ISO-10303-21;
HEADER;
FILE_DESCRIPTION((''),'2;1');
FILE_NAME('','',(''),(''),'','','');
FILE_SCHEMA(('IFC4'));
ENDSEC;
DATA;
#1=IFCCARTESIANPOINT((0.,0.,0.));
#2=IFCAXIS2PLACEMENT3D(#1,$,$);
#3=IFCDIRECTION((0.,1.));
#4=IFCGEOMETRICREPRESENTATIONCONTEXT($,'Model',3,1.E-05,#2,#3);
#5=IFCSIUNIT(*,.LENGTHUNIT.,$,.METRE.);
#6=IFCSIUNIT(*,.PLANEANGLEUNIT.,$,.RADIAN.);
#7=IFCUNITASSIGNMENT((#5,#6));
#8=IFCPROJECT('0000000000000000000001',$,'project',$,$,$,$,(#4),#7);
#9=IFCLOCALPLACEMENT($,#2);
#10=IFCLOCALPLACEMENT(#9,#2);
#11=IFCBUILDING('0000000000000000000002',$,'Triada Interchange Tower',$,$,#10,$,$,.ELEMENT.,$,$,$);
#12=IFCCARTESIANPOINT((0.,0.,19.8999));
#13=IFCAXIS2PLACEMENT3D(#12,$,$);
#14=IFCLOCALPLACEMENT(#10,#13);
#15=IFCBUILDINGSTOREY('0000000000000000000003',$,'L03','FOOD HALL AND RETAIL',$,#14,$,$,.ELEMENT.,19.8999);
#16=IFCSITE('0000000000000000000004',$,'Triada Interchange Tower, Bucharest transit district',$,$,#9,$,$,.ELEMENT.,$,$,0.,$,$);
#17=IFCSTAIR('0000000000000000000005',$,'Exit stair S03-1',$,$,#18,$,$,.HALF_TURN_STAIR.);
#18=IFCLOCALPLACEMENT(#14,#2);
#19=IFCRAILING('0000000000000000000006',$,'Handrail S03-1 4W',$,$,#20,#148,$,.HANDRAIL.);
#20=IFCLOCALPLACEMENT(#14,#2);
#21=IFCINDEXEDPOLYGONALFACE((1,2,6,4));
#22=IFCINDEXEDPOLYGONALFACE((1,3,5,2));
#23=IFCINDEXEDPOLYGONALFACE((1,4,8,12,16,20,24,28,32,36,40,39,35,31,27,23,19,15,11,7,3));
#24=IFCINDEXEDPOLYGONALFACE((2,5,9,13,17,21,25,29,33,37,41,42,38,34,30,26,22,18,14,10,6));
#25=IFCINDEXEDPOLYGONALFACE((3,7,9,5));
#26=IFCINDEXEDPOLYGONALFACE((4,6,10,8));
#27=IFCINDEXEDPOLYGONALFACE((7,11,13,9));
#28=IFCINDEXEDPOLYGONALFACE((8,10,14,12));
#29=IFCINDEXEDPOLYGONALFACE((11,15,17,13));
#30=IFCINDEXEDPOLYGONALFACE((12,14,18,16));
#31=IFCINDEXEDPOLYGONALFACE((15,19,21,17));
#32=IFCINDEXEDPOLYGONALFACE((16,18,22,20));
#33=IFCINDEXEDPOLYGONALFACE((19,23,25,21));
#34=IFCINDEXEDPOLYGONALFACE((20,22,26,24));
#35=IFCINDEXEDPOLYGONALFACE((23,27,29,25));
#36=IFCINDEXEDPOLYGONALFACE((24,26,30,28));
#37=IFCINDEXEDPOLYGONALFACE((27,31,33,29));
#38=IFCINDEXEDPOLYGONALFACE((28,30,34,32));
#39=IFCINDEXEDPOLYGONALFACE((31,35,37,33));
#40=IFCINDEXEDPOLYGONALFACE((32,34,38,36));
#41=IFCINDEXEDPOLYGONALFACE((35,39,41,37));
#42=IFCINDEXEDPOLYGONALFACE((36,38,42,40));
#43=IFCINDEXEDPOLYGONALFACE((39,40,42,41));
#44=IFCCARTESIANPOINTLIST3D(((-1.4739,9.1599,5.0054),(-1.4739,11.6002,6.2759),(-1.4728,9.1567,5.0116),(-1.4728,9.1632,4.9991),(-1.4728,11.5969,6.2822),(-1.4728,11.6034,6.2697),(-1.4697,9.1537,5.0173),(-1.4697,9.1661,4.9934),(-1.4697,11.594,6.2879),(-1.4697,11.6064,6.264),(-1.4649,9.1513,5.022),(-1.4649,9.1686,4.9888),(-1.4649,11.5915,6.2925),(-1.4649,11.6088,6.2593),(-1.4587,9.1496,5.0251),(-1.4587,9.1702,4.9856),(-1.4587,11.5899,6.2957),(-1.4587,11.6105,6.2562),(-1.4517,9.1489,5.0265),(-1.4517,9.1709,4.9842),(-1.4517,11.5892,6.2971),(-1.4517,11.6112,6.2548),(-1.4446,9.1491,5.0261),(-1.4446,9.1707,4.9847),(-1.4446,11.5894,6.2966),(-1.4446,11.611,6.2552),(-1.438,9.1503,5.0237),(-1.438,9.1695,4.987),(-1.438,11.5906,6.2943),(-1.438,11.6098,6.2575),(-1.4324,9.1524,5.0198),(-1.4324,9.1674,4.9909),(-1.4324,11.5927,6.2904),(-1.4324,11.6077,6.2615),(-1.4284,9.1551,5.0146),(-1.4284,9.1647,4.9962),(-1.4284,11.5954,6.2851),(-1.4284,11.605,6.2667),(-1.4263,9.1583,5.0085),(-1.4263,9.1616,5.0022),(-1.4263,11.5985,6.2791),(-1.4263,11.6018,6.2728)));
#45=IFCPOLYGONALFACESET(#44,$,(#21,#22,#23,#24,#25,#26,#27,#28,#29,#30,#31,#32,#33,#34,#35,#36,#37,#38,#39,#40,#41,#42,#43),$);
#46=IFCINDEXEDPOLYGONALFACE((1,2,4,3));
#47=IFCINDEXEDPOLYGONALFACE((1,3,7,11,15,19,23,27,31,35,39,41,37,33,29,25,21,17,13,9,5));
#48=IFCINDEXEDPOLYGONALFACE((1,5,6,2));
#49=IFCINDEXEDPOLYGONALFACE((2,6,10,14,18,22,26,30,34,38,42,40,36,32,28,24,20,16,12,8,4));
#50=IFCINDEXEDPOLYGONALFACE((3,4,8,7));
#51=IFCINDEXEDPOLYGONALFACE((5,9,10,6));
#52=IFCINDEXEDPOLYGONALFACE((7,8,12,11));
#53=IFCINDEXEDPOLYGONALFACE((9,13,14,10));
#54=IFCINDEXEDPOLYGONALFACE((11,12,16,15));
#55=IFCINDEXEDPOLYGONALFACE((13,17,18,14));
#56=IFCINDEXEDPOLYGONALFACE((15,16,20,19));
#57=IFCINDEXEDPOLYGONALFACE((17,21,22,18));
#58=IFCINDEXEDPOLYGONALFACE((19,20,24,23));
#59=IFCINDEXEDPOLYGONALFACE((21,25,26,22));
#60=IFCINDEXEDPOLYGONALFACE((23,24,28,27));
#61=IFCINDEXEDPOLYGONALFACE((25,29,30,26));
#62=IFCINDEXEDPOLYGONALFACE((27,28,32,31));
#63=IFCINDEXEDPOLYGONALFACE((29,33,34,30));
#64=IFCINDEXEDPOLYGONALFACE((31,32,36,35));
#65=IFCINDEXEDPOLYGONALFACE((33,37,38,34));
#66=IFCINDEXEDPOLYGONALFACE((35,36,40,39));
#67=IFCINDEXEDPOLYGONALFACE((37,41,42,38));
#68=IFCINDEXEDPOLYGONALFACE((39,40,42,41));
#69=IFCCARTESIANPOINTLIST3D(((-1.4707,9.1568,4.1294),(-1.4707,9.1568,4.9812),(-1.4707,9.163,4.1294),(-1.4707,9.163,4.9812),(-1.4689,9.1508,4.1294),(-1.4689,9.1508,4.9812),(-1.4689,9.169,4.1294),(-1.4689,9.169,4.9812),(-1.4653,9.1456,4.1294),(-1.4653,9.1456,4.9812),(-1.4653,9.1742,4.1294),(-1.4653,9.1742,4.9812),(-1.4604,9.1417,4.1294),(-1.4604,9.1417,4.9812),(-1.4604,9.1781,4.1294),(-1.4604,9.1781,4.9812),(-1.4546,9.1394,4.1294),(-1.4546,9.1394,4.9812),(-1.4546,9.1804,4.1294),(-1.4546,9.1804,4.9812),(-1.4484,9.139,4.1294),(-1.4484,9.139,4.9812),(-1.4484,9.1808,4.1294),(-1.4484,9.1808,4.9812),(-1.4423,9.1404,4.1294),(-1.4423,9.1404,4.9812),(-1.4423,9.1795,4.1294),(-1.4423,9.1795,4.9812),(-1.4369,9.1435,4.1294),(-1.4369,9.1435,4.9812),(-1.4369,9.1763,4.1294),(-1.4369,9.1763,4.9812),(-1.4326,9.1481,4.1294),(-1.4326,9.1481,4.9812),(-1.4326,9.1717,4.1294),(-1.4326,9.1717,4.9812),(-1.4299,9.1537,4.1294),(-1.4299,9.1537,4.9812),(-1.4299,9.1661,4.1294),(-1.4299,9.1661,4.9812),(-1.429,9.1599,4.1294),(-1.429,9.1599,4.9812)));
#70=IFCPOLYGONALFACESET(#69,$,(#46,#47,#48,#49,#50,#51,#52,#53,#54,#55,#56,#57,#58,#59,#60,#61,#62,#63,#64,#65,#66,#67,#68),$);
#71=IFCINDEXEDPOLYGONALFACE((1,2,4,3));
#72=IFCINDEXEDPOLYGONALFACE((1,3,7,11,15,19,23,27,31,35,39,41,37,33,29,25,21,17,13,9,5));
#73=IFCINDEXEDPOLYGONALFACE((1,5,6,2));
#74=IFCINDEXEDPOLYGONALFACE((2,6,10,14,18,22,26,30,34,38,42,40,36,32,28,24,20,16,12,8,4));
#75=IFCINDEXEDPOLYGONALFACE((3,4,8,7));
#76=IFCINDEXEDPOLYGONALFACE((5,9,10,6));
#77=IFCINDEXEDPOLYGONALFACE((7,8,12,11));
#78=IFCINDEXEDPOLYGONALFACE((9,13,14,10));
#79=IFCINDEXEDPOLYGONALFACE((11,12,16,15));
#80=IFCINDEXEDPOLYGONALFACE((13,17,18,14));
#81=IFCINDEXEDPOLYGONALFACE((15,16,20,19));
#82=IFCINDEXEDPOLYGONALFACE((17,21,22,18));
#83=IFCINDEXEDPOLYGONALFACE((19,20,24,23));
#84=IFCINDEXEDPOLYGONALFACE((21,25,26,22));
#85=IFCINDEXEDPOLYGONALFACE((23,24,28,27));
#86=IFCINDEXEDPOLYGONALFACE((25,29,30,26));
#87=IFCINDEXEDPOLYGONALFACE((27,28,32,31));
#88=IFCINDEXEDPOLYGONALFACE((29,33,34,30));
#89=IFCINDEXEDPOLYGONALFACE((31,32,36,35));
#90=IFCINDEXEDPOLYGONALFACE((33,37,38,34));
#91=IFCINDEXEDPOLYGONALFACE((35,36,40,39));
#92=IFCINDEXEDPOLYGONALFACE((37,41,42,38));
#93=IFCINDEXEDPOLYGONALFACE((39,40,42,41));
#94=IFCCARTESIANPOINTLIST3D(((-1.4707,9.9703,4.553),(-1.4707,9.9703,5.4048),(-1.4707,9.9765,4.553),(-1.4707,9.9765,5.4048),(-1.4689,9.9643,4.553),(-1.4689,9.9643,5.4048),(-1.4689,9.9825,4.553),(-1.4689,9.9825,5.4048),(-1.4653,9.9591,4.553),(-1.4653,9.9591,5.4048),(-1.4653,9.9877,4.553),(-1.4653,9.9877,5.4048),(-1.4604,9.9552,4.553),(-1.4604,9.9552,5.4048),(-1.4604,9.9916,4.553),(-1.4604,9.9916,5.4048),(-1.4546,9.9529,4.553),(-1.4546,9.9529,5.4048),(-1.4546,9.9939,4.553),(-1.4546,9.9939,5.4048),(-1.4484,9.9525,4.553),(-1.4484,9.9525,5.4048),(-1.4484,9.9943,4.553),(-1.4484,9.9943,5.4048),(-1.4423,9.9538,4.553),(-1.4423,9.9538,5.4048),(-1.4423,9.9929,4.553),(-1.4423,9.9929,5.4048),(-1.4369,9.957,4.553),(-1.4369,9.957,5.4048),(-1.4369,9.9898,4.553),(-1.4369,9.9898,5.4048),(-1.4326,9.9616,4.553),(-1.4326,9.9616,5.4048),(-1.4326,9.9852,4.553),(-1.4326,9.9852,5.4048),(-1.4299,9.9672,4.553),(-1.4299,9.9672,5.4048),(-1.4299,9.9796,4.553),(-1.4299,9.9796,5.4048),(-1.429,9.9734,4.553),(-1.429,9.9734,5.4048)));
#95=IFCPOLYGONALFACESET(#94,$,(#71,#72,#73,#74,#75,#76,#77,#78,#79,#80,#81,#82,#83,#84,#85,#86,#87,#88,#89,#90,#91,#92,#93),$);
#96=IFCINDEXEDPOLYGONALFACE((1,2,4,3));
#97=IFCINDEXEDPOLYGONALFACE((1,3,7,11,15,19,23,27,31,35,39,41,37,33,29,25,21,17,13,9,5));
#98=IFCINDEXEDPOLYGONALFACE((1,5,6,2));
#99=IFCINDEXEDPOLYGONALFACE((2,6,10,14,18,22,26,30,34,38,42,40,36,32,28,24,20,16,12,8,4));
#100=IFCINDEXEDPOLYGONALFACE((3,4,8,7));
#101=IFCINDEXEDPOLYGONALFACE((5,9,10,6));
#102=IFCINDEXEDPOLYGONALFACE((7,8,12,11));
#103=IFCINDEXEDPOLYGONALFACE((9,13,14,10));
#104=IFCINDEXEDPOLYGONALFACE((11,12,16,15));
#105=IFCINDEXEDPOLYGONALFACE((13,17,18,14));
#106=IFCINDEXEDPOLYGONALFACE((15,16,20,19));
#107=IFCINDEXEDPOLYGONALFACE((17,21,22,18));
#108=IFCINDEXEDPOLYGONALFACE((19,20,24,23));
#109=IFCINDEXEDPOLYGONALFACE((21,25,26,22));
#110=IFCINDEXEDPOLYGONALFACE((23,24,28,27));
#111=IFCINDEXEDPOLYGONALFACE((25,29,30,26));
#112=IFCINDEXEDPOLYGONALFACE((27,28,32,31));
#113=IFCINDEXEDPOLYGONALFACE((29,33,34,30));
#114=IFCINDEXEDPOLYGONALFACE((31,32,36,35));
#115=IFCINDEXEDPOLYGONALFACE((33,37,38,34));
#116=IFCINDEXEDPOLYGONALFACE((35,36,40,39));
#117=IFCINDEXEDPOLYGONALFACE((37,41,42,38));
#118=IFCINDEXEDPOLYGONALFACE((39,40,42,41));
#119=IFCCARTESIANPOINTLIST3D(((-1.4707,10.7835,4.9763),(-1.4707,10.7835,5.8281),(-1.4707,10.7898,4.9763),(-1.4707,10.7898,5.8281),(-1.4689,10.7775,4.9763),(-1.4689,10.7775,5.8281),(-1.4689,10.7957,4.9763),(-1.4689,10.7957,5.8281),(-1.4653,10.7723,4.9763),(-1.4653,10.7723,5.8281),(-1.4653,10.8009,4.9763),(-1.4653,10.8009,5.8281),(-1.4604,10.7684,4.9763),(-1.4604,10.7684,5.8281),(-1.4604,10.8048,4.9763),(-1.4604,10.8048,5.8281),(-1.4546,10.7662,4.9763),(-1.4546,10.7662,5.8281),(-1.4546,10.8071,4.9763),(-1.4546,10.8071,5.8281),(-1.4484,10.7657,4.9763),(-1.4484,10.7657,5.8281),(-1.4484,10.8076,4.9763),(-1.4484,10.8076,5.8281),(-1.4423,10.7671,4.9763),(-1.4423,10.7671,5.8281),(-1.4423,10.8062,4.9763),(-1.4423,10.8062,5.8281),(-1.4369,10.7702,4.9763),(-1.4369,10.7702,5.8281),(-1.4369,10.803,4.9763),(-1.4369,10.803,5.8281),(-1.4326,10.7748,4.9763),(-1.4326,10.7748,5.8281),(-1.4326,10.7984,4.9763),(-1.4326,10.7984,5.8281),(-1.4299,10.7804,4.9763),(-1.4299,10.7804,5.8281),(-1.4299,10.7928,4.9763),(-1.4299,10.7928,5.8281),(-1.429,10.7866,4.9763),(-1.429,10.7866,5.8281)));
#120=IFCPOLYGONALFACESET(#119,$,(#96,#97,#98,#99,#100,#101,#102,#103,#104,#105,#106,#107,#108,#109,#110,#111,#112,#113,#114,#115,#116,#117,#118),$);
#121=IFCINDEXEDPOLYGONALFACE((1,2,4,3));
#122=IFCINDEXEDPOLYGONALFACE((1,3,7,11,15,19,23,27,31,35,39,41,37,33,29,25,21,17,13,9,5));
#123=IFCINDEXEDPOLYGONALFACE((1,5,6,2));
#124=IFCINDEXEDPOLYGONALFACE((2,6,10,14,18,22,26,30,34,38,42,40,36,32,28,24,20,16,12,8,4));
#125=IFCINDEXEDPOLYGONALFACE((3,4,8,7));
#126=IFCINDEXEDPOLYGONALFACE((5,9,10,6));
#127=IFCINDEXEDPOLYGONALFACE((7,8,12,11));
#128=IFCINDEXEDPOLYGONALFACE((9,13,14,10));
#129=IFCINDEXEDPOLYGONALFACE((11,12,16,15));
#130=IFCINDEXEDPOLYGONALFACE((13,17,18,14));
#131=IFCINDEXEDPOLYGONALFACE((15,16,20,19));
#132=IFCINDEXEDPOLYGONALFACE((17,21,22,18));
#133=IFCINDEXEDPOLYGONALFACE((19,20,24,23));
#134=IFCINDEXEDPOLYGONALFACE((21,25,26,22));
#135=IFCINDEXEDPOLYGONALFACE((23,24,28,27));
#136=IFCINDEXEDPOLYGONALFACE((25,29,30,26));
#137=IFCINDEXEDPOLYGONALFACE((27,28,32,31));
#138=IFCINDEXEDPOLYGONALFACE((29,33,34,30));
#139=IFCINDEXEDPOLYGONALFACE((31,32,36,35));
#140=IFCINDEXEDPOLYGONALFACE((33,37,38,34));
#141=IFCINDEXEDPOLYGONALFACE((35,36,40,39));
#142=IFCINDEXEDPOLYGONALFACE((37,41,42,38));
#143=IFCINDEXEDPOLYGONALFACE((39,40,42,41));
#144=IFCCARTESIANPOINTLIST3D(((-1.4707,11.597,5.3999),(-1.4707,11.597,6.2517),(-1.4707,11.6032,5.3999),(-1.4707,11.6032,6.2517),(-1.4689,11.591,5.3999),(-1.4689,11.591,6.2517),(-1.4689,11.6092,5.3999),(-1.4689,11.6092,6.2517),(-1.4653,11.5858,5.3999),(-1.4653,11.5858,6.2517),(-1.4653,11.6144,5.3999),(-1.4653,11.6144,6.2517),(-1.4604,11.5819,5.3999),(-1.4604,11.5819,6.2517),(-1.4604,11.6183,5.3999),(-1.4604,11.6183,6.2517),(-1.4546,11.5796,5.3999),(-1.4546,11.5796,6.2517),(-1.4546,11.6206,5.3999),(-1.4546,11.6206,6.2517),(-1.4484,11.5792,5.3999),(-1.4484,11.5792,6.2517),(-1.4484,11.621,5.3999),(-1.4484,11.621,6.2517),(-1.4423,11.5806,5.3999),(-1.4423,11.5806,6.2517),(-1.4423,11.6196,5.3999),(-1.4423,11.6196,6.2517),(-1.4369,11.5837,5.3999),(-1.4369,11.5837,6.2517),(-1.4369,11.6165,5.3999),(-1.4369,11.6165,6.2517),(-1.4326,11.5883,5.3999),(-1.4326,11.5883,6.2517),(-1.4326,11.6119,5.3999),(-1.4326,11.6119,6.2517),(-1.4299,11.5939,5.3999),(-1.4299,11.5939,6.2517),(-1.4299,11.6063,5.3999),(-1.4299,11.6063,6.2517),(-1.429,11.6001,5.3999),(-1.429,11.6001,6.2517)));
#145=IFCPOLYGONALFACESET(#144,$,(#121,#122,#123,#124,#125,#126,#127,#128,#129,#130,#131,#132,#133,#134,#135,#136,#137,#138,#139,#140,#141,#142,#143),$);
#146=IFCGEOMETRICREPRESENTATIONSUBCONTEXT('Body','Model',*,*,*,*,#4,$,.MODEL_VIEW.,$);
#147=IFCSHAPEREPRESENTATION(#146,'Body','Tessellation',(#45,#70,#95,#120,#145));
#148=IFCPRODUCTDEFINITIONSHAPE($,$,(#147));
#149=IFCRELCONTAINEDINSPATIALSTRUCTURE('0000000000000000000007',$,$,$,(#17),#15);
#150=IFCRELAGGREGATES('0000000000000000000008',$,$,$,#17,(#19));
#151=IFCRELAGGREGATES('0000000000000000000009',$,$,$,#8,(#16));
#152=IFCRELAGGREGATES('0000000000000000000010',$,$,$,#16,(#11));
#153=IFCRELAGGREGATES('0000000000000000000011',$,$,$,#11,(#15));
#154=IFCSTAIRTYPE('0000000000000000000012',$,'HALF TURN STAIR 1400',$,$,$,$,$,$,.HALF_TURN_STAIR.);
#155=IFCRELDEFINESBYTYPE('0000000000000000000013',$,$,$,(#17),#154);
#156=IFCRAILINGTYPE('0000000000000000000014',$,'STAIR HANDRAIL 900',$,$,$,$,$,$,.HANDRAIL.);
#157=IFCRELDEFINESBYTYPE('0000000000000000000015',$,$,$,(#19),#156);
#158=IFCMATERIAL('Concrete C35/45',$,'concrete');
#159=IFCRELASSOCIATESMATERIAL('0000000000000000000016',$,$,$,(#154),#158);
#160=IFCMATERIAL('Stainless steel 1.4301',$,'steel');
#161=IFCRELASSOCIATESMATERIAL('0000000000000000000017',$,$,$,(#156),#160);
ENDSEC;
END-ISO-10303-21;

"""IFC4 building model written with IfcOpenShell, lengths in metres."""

from ifc_helpers import new_model, si_unit, direction, frame, origin, origin_2d, place, context, subcontext, project, spatial, circle, extrude, material, type_object, element, aggregate, save


model = new_model("IFC4")

# Units and contexts
model_context = context("Model", 3, precision=1e-05, world=origin(), true_north=direction((0.0, 1.0)))
body_context = subcontext(model_context, "Body", "Model", "MODEL_VIEW")
ifc_project = project(units=[si_unit("LENGTHUNIT", "METRE"), si_unit("PLANEANGLEUNIT", "RADIAN")], contexts=[model_context])

# Site, building, storey
site_placement = place(None, origin())
site = spatial("IfcSite", under=ifc_project, at=site_placement, Name="Triada Interchange Tower, Bucharest transit district", CompositionType="ELEMENT", RefElevation=0.0)
building_placement = place(site_placement, origin())
building = spatial("IfcBuilding", under=site, at=building_placement, Name="Triada Interchange Tower", CompositionType="ELEMENT")
storey_placement = place(building_placement, frame((0.0, 0.0, 19.8999)))
storey = spatial("IfcBuildingStorey", under=building, at=storey_placement, Name="L03", Description="FOOD HALL AND RETAIL", CompositionType="ELEMENT", Elevation=19.8999)

# Stair, railing
ifc_material_1 = material(Name="Concrete C35/45", Category="concrete")
stair_type = type_object("IfcStairType", Name="HALF TURN STAIR 1400", PredefinedType="HALF_TURN_STAIR", material=ifc_material_1)
stair_placement = place(storey_placement, origin())
stair = element("IfcStair", 1, at=stair_placement, inside=storey, type_object=stair_type, Name="Exit stair S03-1", PredefinedType="HALF_TURN_STAIR")
ifc_material_2 = material(Name="Stainless steel 1.4301", Category="steel")
railing_type = type_object("IfcRailingType", Name="STAIR HANDRAIL 900", PredefinedType="HANDRAIL", material=ifc_material_2)
railing_placement = place(storey_placement, frame((-1.45, 9.1599, 4.1294)))
railing = element("IfcRailing", 2, at=railing_placement, type_object=railing_type, Name="Handrail S03-1 4W", PredefinedType="HANDRAIL", context=body_context, shape_type="SweptSolid", body=[
    extrude(circle(Radius=0.0239, at=origin_2d()), frame((0.0, 0.0, 0.876), z_axis=(0.0, 0.886977, 0.461814), x_axis=(-1.0, 0.0, 0.0)), (0.0, 0.0, 1.0), 2.7512),
    extrude(circle(Radius=0.021, at=origin_2d()), origin(), (0.0, 0.0, 1.0), 0.8518),
    extrude(circle(Radius=0.021, at=origin_2d()), frame((0.0, 0.8135, 0.4236)), (0.0, 0.0, 1.0), 0.8518),
    extrude(circle(Radius=0.021, at=origin_2d()), frame((0.0, 1.6267, 0.8469)), (0.0, 0.0, 1.0), 0.8518),
    extrude(circle(Radius=0.021, at=origin_2d()), frame((0.0, 2.4402, 1.2705)), (0.0, 0.0, 1.0), 0.8518),
])
aggregate(stair, [railing])

save(model, "model.ifc")
